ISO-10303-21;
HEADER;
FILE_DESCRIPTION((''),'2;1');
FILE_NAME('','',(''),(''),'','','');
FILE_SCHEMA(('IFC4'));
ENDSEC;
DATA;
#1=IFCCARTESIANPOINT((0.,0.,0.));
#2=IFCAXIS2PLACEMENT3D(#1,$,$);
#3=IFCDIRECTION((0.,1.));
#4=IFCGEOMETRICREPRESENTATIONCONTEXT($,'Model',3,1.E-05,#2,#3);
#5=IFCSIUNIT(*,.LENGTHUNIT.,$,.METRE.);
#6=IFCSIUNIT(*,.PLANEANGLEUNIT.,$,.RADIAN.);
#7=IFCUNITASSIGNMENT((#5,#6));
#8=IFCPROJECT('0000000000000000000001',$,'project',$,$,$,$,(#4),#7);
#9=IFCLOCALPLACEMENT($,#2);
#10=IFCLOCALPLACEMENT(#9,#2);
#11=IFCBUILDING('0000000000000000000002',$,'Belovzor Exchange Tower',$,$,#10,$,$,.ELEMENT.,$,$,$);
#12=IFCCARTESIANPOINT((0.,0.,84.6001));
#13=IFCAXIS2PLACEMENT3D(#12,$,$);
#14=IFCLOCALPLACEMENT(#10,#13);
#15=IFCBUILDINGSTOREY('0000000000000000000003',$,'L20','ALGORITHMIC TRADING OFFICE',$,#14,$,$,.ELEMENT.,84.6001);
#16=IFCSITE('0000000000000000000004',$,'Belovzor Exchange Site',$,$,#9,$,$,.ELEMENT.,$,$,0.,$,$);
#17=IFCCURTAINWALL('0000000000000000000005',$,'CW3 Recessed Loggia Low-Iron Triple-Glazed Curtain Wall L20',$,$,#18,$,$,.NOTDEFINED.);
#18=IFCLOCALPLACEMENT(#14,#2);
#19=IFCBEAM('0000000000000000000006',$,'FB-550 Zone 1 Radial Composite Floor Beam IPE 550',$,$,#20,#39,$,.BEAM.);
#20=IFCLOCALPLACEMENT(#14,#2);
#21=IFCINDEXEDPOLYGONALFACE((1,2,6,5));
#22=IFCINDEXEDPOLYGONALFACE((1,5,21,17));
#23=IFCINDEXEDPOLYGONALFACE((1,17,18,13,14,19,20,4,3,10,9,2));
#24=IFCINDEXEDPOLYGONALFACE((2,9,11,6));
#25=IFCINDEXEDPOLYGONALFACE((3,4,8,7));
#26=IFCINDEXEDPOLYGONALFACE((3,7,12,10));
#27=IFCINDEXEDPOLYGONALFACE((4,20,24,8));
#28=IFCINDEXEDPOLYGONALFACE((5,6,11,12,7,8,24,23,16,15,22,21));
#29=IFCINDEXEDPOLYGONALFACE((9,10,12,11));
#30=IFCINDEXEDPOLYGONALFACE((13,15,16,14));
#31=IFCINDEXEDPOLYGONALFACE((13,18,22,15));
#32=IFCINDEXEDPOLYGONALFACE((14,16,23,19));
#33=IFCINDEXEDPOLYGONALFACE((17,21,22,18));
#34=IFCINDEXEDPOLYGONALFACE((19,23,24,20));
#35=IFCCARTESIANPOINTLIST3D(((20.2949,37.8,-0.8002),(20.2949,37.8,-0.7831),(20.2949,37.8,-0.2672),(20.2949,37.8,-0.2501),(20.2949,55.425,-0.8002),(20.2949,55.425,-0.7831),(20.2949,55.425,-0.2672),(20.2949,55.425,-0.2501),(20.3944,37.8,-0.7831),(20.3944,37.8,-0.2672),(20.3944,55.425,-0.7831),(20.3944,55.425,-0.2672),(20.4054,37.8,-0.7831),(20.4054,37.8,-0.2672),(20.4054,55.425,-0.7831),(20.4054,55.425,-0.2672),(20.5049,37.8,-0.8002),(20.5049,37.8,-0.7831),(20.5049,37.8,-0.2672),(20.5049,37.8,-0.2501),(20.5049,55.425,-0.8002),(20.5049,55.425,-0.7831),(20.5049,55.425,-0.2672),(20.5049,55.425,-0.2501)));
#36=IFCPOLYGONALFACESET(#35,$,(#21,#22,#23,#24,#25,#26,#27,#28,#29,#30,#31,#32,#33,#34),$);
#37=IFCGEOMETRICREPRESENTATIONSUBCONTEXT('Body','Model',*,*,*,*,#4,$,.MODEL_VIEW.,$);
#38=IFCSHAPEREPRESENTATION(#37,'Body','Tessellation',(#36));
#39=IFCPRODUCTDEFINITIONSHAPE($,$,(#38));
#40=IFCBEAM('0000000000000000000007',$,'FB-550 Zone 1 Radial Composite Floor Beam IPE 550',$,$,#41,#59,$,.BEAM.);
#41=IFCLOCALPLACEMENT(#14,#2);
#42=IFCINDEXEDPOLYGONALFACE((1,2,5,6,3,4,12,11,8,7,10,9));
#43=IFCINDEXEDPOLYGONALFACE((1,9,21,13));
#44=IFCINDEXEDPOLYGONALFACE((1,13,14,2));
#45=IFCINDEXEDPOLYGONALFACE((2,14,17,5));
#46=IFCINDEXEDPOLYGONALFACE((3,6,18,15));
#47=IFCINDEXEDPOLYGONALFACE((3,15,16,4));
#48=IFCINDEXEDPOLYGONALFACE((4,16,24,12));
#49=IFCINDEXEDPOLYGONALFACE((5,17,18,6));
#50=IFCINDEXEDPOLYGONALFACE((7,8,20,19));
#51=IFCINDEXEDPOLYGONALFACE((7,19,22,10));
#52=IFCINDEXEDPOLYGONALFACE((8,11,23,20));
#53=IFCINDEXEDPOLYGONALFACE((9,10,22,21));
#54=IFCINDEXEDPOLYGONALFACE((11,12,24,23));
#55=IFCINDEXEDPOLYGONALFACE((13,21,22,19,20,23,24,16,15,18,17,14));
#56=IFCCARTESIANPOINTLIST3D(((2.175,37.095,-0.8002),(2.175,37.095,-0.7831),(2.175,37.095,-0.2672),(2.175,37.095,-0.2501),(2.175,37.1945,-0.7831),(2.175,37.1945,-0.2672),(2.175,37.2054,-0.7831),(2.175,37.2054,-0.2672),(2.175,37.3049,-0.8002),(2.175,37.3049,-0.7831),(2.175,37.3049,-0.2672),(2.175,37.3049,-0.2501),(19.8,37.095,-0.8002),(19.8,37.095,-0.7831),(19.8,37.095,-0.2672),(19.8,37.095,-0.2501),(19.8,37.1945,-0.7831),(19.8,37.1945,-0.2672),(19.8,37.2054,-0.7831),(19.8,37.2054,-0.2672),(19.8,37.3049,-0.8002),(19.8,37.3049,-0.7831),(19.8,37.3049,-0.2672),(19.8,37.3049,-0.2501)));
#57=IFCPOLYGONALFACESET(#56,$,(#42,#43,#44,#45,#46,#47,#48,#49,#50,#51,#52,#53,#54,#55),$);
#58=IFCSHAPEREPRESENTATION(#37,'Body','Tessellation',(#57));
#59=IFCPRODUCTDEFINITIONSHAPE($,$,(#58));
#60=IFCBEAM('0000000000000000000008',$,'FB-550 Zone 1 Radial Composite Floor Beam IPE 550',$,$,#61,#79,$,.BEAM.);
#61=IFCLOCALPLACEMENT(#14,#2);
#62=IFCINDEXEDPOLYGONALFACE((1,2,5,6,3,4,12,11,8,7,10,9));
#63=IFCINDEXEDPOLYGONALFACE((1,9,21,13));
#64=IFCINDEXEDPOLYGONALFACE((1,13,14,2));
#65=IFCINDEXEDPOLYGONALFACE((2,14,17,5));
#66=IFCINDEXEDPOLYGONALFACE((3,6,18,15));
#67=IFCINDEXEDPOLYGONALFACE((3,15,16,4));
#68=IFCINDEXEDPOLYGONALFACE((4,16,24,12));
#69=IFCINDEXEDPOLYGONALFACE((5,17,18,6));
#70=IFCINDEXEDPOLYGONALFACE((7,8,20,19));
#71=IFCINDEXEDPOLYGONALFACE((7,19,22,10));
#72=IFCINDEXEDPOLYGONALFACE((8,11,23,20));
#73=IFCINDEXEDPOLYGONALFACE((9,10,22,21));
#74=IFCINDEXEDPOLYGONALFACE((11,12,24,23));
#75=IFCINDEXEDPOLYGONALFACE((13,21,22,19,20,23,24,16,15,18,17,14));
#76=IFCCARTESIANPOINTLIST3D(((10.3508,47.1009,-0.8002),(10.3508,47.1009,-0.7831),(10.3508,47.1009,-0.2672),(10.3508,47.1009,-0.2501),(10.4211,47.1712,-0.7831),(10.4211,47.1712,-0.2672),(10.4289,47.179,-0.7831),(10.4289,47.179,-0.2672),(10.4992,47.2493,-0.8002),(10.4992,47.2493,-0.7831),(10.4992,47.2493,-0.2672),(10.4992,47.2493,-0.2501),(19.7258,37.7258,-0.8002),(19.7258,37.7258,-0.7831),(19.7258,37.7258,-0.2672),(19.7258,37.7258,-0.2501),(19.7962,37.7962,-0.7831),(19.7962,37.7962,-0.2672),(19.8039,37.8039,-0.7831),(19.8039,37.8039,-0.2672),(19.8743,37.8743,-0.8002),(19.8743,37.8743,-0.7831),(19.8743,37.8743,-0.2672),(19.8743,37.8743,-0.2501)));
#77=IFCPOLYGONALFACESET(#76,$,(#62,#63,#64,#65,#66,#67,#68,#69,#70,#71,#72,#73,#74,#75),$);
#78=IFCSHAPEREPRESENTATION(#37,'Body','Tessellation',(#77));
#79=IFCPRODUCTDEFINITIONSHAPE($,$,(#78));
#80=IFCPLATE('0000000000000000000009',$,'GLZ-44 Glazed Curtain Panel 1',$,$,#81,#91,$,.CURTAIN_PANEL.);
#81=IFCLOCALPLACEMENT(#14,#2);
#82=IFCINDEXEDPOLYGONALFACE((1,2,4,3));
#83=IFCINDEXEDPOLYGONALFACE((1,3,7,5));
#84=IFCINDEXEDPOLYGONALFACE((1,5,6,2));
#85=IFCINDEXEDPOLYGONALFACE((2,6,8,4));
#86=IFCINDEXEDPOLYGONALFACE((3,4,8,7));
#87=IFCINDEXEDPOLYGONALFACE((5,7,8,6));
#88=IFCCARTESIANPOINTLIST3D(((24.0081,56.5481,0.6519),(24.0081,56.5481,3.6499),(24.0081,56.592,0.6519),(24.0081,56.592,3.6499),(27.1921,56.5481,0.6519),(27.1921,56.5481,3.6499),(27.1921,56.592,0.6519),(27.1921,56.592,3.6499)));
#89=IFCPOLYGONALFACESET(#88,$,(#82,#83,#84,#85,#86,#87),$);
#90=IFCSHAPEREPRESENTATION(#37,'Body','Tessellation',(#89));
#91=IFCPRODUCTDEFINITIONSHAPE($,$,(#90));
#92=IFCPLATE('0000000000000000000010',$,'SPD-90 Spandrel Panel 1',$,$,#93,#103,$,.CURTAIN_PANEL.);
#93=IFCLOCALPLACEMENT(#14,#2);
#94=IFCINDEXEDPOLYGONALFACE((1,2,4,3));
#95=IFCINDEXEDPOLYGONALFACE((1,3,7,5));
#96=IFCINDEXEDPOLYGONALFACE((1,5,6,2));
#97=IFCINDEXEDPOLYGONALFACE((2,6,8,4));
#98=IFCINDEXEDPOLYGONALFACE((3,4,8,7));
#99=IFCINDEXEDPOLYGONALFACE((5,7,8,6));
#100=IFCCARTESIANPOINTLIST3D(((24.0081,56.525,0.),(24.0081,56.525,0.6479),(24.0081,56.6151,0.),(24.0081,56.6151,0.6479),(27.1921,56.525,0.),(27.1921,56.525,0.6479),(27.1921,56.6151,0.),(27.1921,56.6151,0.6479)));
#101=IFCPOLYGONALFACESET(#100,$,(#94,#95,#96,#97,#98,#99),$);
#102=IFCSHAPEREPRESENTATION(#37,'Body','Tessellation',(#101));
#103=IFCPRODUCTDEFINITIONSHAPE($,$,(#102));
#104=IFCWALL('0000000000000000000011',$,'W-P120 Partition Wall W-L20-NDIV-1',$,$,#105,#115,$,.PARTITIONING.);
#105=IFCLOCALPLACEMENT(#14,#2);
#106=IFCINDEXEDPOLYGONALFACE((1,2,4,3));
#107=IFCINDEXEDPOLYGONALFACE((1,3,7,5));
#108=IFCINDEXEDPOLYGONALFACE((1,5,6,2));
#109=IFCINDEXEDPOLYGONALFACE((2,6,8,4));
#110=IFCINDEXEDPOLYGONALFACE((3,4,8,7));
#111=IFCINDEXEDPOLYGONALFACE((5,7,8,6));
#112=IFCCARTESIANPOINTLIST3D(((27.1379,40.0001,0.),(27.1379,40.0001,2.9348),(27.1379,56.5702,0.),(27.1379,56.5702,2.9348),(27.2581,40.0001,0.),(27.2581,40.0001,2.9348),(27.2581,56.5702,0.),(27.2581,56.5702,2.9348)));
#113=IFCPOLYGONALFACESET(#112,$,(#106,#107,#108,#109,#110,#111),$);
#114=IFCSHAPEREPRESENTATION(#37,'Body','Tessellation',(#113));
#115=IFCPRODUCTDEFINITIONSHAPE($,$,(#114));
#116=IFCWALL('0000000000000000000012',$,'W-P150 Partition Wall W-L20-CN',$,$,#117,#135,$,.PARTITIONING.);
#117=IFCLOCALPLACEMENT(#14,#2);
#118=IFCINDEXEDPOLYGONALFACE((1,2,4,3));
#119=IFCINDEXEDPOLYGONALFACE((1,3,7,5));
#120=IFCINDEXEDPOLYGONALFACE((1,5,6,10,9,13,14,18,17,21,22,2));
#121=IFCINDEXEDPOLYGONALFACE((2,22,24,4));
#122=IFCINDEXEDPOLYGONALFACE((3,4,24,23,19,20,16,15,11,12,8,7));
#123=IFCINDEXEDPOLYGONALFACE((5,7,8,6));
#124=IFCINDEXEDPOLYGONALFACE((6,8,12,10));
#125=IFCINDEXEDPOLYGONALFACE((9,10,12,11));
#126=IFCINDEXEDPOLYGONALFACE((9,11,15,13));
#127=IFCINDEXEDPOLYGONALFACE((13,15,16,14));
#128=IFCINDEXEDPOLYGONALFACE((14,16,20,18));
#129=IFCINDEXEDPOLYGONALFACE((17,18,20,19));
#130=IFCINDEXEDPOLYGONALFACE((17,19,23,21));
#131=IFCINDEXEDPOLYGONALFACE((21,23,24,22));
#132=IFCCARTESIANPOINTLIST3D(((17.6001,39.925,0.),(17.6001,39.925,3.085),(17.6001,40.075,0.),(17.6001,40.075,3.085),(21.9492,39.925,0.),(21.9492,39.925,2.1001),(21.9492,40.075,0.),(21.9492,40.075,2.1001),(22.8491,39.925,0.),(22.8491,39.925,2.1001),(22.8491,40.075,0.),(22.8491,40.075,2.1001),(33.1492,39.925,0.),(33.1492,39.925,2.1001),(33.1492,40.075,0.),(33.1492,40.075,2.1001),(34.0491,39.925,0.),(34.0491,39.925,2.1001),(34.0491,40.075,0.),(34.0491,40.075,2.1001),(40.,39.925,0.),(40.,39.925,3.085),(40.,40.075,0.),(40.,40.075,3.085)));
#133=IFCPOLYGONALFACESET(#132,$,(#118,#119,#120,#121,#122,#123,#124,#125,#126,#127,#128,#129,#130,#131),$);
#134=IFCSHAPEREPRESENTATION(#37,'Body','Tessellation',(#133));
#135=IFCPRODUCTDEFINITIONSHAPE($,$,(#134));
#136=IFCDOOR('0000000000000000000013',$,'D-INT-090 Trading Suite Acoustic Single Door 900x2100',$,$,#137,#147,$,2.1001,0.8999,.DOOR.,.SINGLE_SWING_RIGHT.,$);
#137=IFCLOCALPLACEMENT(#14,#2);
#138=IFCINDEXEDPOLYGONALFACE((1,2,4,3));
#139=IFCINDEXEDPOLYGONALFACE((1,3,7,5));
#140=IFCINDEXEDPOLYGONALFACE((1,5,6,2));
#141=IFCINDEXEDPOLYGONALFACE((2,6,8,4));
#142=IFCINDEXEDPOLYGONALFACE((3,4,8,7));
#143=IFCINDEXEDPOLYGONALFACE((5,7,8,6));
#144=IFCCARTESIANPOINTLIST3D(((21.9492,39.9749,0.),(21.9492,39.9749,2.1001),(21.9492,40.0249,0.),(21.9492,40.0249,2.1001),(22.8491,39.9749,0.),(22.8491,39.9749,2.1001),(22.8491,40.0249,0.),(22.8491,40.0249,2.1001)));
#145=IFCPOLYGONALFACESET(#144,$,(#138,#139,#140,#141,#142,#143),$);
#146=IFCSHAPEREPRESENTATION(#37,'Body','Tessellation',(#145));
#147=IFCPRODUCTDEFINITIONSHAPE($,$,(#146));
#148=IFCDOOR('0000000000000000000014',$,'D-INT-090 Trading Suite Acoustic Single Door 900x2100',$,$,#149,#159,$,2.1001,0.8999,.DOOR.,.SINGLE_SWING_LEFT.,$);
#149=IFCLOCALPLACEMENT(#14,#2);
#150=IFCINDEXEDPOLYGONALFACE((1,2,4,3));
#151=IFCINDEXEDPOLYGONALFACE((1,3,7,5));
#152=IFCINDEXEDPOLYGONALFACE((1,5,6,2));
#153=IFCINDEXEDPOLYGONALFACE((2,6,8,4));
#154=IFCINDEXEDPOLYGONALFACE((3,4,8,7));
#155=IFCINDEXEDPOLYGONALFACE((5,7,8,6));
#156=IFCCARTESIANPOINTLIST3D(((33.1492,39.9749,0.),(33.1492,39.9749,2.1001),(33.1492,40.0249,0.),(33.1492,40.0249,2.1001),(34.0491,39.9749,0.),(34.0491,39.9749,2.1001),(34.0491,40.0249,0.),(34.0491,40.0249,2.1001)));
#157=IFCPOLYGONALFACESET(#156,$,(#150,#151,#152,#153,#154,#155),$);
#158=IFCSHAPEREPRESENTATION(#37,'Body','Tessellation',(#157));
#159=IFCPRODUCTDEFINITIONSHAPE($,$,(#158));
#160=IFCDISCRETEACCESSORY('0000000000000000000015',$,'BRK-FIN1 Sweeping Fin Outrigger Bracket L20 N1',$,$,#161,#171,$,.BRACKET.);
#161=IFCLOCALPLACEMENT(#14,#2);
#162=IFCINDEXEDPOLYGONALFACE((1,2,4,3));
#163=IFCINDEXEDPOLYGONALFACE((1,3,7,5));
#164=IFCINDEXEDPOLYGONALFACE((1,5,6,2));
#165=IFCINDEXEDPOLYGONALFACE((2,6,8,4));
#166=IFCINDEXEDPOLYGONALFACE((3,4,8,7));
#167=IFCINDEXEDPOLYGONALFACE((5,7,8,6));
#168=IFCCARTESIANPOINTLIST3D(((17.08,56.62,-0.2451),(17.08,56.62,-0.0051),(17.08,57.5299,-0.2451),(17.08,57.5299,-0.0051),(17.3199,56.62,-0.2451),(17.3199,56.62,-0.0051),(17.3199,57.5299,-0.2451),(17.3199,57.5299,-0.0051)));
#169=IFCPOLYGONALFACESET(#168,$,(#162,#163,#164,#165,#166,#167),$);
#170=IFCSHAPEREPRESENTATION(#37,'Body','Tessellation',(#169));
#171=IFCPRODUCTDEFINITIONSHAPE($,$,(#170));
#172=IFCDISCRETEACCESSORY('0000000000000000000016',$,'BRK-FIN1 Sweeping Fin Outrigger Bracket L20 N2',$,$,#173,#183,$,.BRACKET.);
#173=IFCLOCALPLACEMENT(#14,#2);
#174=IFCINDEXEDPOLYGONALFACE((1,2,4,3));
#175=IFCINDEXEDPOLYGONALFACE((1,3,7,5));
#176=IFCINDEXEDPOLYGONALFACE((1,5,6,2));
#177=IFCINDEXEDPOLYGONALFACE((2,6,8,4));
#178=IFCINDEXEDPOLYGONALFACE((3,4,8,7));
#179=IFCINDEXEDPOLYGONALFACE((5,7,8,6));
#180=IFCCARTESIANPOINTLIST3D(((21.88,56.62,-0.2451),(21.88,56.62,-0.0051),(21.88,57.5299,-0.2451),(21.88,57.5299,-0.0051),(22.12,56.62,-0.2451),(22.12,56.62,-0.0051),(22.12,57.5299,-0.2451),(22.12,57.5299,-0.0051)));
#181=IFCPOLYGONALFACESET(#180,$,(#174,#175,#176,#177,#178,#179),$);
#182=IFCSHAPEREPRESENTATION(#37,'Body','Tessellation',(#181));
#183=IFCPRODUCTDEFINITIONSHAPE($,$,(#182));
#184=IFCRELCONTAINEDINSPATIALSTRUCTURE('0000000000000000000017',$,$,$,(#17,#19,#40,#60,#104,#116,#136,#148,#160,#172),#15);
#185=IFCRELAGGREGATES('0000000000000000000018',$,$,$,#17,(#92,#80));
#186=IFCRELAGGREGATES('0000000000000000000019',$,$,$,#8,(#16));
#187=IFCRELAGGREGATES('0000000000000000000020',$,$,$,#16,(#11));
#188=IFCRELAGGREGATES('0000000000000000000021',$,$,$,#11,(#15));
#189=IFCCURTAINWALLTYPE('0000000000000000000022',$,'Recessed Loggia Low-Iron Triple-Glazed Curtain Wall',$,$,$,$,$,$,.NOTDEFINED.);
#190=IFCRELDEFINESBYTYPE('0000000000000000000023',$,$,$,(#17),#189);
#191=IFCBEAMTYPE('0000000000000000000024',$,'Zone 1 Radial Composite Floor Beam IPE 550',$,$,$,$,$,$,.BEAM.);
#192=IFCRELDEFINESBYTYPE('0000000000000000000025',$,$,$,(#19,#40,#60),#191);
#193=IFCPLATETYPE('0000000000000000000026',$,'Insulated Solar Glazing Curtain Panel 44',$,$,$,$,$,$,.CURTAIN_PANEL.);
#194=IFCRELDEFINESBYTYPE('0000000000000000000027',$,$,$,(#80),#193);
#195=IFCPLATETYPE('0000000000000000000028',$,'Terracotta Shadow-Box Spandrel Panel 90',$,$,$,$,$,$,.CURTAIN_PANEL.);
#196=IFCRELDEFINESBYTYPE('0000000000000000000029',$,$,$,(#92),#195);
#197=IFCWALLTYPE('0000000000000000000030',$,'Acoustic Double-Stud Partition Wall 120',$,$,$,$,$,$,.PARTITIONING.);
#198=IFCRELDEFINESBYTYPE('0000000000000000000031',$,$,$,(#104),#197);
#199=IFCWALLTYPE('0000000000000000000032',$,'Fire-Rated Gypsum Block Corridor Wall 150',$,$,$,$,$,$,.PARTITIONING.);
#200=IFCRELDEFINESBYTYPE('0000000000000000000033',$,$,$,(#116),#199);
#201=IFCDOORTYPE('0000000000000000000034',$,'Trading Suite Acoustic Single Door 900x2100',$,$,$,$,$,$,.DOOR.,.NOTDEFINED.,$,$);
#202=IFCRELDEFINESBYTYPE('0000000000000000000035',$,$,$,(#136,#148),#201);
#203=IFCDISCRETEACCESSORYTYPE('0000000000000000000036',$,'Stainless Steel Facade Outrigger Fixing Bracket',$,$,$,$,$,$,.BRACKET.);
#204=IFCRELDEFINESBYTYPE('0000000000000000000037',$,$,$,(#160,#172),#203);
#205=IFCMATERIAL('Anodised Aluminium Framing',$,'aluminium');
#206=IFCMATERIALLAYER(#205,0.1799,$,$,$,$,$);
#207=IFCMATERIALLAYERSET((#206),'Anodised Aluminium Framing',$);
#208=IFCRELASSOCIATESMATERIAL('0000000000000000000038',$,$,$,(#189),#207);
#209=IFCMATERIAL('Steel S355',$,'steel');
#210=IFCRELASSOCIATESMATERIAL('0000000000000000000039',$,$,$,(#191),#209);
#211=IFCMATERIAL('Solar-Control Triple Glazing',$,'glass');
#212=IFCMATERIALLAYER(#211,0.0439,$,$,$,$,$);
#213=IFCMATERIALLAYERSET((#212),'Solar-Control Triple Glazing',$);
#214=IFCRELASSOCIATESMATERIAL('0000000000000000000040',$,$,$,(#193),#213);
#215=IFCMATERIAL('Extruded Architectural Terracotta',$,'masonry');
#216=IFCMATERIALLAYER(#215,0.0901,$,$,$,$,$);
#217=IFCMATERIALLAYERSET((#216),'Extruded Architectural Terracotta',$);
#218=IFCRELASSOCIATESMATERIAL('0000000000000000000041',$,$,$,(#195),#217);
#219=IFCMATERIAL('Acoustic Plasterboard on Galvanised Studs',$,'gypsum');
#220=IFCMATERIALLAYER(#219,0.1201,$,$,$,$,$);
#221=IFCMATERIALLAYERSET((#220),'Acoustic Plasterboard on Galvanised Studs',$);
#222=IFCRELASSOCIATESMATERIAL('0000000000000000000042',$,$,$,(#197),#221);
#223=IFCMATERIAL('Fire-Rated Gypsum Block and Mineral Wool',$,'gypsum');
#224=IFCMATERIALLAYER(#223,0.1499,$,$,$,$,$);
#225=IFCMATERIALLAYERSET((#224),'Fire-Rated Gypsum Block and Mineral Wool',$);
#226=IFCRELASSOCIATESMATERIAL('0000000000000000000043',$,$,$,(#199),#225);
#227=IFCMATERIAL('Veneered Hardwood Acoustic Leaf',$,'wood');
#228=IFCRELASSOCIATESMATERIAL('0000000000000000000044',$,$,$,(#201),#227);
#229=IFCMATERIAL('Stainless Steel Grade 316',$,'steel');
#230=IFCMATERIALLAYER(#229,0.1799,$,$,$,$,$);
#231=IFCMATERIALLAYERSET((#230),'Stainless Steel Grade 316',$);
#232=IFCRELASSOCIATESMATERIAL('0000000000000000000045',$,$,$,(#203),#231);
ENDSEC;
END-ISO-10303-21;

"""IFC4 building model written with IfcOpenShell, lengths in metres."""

from ifc_helpers import new_model, si_unit, direction, frame, frame_2d, origin, origin_2d, place, context, subcontext, project, spatial, rectangle, i_section, extrude, material, layer, layer_set, material_profile, profile_set, type_object, element, fill, aggregate, save


model = new_model("IFC4")

# Units and contexts
model_context = context("Model", 3, precision=1e-05, world=origin(), true_north=direction((0.0, 1.0)))
body_context = subcontext(model_context, "Body", "Model", "MODEL_VIEW")
ifc_project = project(units=[si_unit("LENGTHUNIT", "METRE"), si_unit("PLANEANGLEUNIT", "RADIAN")], contexts=[model_context])

# Site, building, storey
site_placement = place(None, origin())
site = spatial("IfcSite", under=ifc_project, at=site_placement, Name="Belovzor Exchange Site", CompositionType="ELEMENT", RefElevation=0.0)
building_placement = place(site_placement, origin())
building = spatial("IfcBuilding", under=site, at=building_placement, Name="Belovzor Exchange Tower", CompositionType="ELEMENT")
storey_placement = place(building_placement, frame((0.0, 0.0, 84.6001)))
storey = spatial("IfcBuildingStorey", under=building, at=storey_placement, Name="L20", Description="ALGORITHMIC TRADING OFFICE", CompositionType="ELEMENT", Elevation=84.6001)

# Curtain wall
ifc_material_1 = material(Name="Anodised Aluminium Framing", Category="aluminium")
ifc_layer_1 = layer(ifc_material_1, 0.1799)
ifc_layer_set_1 = layer_set([ifc_layer_1], Name="Anodised Aluminium Framing")
curtain_wall_type = type_object("IfcCurtainWallType", Name="Recessed Loggia Low-Iron Triple-Glazed Curtain Wall", PredefinedType="NOTDEFINED", material=ifc_layer_set_1)
curtain_wall_placement = place(storey_placement, origin())
curtain_wall = element("IfcCurtainWall", 1, at=curtain_wall_placement, inside=storey, type_object=curtain_wall_type, Name="CW3 Recessed Loggia Low-Iron Triple-Glazed Curtain Wall L20", PredefinedType="NOTDEFINED")

# Beams
ifc_material_2 = material(Name="Steel S355", Category="steel")
ifc_material_profile_1 = material_profile(ifc_material_2, i_section(OverallWidth=0.21, OverallDepth=0.55, WebThickness=0.011, FlangeThickness=0.0171, at=origin_2d()))
ifc_profile_set_1 = profile_set([ifc_material_profile_1], Name="Steel S355")
beam_type_1 = type_object("IfcBeamType", Name="Zone 1 Radial Composite Floor Beam IPE 550", PredefinedType="BEAM", material=ifc_profile_set_1)
for number, where, z_axis, x_axis, name in (
    (2, (20.3999, 37.8, -0.5251), (0.0, 1.0, 0.0), (-1.0, 0.0, 0.0), "FB-550 Zone 1 Radial Composite Floor Beam IPE 550"),
    (3, (19.8, 37.2, -0.5251), (-1.0, 0.0, 0.0), (0.0, -1.0, 0.0), "FB-550 Zone 1 Radial Composite Floor Beam IPE 550"),
):
    element("IfcBeam", number, at=place(storey_placement, frame(where, z_axis=z_axis, x_axis=x_axis)), inside=storey, type_object=beam_type_1, Name=name, PredefinedType="BEAM", context=body_context, shape_type="SweptSolid", body=[
        extrude(i_section(OverallWidth=0.21, OverallDepth=0.55, WebThickness=0.011, FlangeThickness=0.0171, at=origin_2d()), origin(), (0.0, 0.0, 1.0), 17.625),
    ])
beam_1_placement = place(storey_placement, frame((19.8, 37.8, -0.5251), z_axis=(-0.707107, 0.707107, 0.0), x_axis=(-0.707107, -0.707107, 0.0)))
element("IfcBeam", 4, at=beam_1_placement, inside=storey, type_object=beam_type_1, Name="FB-550 Zone 1 Radial Composite Floor Beam IPE 550", PredefinedType="BEAM", context=body_context, shape_type="SweptSolid", body=[
    extrude(i_section(OverallWidth=0.21, OverallDepth=0.55, WebThickness=0.011, FlangeThickness=0.0171, at=origin_2d()), origin(), (0.0, 0.0, 1.0), 13.2583),
])

# Plates
ifc_material_3 = material(Name="Solar-Control Triple Glazing", Category="glass")
ifc_layer_2 = layer(ifc_material_3, 0.0439)
ifc_layer_set_2 = layer_set([ifc_layer_2], Name="Solar-Control Triple Glazing")
plate_type_1 = type_object("IfcPlateType", Name="Insulated Solar Glazing Curtain Panel 44", PredefinedType="CURTAIN_PANEL", material=ifc_layer_set_2)
plate_1_placement = place(storey_placement, frame((25.6001, 56.5701, 0.6519), z_axis=(0.0, 0.0, 1.0), x_axis=(1.0, 0.0, 0.0)))
plate_1 = element("IfcPlate", 5, at=plate_1_placement, type_object=plate_type_1, Name="GLZ-44 Glazed Curtain Panel 1", PredefinedType="CURTAIN_PANEL", context=body_context, shape_type="SweptSolid", body=[
    extrude(rectangle(XDim=3.1841, YDim=0.0439, at=origin_2d()), origin(), (0.0, 0.0, 1.0), 2.998),
])
ifc_material_4 = material(Name="Extruded Architectural Terracotta", Category="masonry")
ifc_layer_3 = layer(ifc_material_4, 0.0901)
ifc_layer_set_3 = layer_set([ifc_layer_3], Name="Extruded Architectural Terracotta")
plate_type_2 = type_object("IfcPlateType", Name="Terracotta Shadow-Box Spandrel Panel 90", PredefinedType="CURTAIN_PANEL", material=ifc_layer_set_3)
plate_2_placement = place(storey_placement, frame((25.6001, 56.5701, 0.0), z_axis=(0.0, 0.0, 1.0), x_axis=(1.0, 0.0, 0.0)))
plate_2 = element("IfcPlate", 6, at=plate_2_placement, type_object=plate_type_2, Name="SPD-90 Spandrel Panel 1", PredefinedType="CURTAIN_PANEL", context=body_context, shape_type="SweptSolid", body=[
    extrude(rectangle(XDim=3.1841, YDim=0.0901, at=origin_2d()), origin(), (0.0, 0.0, 1.0), 0.6479),
])
aggregate(curtain_wall, [plate_2, plate_1])

# Wall
ifc_material_5 = material(Name="Acoustic Plasterboard on Galvanised Studs", Category="gypsum")
ifc_layer_4 = layer(ifc_material_5, 0.1201)
ifc_layer_set_4 = layer_set([ifc_layer_4], Name="Acoustic Plasterboard on Galvanised Studs")
wall_type_1 = type_object("IfcWallType", Name="Acoustic Double-Stud Partition Wall 120", PredefinedType="PARTITIONING", material=ifc_layer_set_4)
wall_1_placement = place(storey_placement, frame((27.198, 40.0, 0.0), z_axis=(0.0, 0.0, 1.0), x_axis=(0.0, 1.0, 0.0)))
element("IfcWall", 7, at=wall_1_placement, inside=storey, type_object=wall_type_1, Name="W-P120 Partition Wall W-L20-NDIV-1", PredefinedType="PARTITIONING", context=body_context, shape_type="SweptSolid", body=[
    extrude(rectangle(XDim=16.5701, YDim=0.1201, at=frame_2d((8.2852, 0.0))), origin(), (0.0, 0.0, 1.0), 2.9348),
])

# Wall, openings, doors
ifc_material_6 = material(Name="Fire-Rated Gypsum Block and Mineral Wool", Category="gypsum")
ifc_layer_5 = layer(ifc_material_6, 0.1499)
ifc_layer_set_5 = layer_set([ifc_layer_5], Name="Fire-Rated Gypsum Block and Mineral Wool")
wall_type_2 = type_object("IfcWallType", Name="Fire-Rated Gypsum Block Corridor Wall 150", PredefinedType="PARTITIONING", material=ifc_layer_set_5)
wall_2_placement = place(storey_placement, frame((17.6001, 40.0, 0.0), z_axis=(0.0, 0.0, 1.0), x_axis=(1.0, 0.0, 0.0)))
wall_2 = element("IfcWall", 8, at=wall_2_placement, inside=storey, type_object=wall_type_2, Name="W-P150 Partition Wall W-L20-CN", PredefinedType="PARTITIONING", context=body_context, shape_type="SweptSolid", body=[
    extrude(rectangle(XDim=22.3999, YDim=0.1499, at=frame_2d((11.2, 0.0))), origin(), (0.0, 0.0, 1.0), 3.085),
])
opening_1_placement = place(wall_2_placement, frame((4.3491, 0.0, 0.0)))
opening_1 = element("IfcOpeningElement", 9, at=opening_1_placement, cuts=wall_2, PredefinedType="OPENING", context=body_context, shape_type="SweptSolid", body=[
    extrude(rectangle(XDim=0.8999, YDim=2.1001, at=frame_2d((0.45, 1.05))), frame((0.0, 0.085, 0.0), z_axis=(0.0, -1.0, 0.0), x_axis=(1.0, 0.0, 0.0)), (0.0, 0.0, 1.0), 0.1699),
])
opening_2_placement = place(wall_2_placement, frame((15.5491, 0.0, 0.0)))
opening_2 = element("IfcOpeningElement", 10, at=opening_2_placement, cuts=wall_2, PredefinedType="OPENING", context=body_context, shape_type="SweptSolid", body=[
    extrude(rectangle(XDim=0.8999, YDim=2.1001, at=frame_2d((0.45, 1.05))), frame((0.0, 0.085, 0.0), z_axis=(0.0, -1.0, 0.0), x_axis=(1.0, 0.0, 0.0)), (0.0, 0.0, 1.0), 0.1699),
])
ifc_material_7 = material(Name="Veneered Hardwood Acoustic Leaf", Category="wood")
door_type_1 = type_object("IfcDoorType", Name="Trading Suite Acoustic Single Door 900x2100", OperationType="NOTDEFINED", PredefinedType="DOOR", material=ifc_material_7)
door_1_placement = place(opening_1_placement, origin())
door_1 = element("IfcDoor", 11, at=door_1_placement, inside=storey, type_object=door_type_1, Name="D-INT-090 Trading Suite Acoustic Single Door 900x2100", OperationType="SINGLE_SWING_RIGHT", OverallHeight=2.1001, OverallWidth=0.8999, PredefinedType="DOOR", context=body_context, shape_type="SweptSolid", body=[
    extrude(rectangle(XDim=0.8999, YDim=2.1001, at=frame_2d((0.45, 1.05))), frame((0.0, 0.0249, 0.0), z_axis=(0.0, -1.0, 0.0), x_axis=(1.0, 0.0, 0.0)), (0.0, 0.0, 1.0), 0.05),
])
fill(opening_1, door_1)
door_2_placement = place(opening_2_placement, origin())
door_2 = element("IfcDoor", 12, at=door_2_placement, inside=storey, type_object=door_type_1, Name="D-INT-090 Trading Suite Acoustic Single Door 900x2100", OperationType="SINGLE_SWING_LEFT", OverallHeight=2.1001, OverallWidth=0.8999, PredefinedType="DOOR", context=body_context, shape_type="SweptSolid", body=[
    extrude(rectangle(XDim=0.8999, YDim=2.1001, at=frame_2d((0.45, 1.05))), frame((0.0, 0.0249, 0.0), z_axis=(0.0, -1.0, 0.0), x_axis=(1.0, 0.0, 0.0)), (0.0, 0.0, 1.0), 0.05),
])
fill(opening_2, door_2)

# Discrete accessories
ifc_material_8 = material(Name="Stainless Steel Grade 316", Category="steel")
ifc_layer_6 = layer(ifc_material_8, 0.1799)
ifc_layer_set_6 = layer_set([ifc_layer_6], Name="Stainless Steel Grade 316")
discrete_accessory_type = type_object("IfcDiscreteAccessoryType", Name="Stainless Steel Facade Outrigger Fixing Bracket", PredefinedType="BRACKET", material=ifc_layer_set_6)
for number, where, z_axis, x_axis, name in (
    (13, (17.2, 57.075, -0.2451), (0.0, 0.0, 1.0), (0.0, 1.0, 0.0), "BRK-FIN1 Sweeping Fin Outrigger Bracket L20 N1"),
    (14, (22.0, 57.075, -0.2451), (0.0, 0.0, 1.0), (0.0, 1.0, 0.0), "BRK-FIN1 Sweeping Fin Outrigger Bracket L20 N2"),
):
    element("IfcDiscreteAccessory", number, at=place(storey_placement, frame(where, z_axis=z_axis, x_axis=x_axis)), inside=storey, type_object=discrete_accessory_type, Name=name, PredefinedType="BRACKET", context=body_context, shape_type="SweptSolid", body=[
        extrude(rectangle(XDim=0.9099, YDim=0.24, at=origin_2d()), origin(), (0.0, 0.0, 1.0), 0.24),
    ])

save(model, "model.ifc")
